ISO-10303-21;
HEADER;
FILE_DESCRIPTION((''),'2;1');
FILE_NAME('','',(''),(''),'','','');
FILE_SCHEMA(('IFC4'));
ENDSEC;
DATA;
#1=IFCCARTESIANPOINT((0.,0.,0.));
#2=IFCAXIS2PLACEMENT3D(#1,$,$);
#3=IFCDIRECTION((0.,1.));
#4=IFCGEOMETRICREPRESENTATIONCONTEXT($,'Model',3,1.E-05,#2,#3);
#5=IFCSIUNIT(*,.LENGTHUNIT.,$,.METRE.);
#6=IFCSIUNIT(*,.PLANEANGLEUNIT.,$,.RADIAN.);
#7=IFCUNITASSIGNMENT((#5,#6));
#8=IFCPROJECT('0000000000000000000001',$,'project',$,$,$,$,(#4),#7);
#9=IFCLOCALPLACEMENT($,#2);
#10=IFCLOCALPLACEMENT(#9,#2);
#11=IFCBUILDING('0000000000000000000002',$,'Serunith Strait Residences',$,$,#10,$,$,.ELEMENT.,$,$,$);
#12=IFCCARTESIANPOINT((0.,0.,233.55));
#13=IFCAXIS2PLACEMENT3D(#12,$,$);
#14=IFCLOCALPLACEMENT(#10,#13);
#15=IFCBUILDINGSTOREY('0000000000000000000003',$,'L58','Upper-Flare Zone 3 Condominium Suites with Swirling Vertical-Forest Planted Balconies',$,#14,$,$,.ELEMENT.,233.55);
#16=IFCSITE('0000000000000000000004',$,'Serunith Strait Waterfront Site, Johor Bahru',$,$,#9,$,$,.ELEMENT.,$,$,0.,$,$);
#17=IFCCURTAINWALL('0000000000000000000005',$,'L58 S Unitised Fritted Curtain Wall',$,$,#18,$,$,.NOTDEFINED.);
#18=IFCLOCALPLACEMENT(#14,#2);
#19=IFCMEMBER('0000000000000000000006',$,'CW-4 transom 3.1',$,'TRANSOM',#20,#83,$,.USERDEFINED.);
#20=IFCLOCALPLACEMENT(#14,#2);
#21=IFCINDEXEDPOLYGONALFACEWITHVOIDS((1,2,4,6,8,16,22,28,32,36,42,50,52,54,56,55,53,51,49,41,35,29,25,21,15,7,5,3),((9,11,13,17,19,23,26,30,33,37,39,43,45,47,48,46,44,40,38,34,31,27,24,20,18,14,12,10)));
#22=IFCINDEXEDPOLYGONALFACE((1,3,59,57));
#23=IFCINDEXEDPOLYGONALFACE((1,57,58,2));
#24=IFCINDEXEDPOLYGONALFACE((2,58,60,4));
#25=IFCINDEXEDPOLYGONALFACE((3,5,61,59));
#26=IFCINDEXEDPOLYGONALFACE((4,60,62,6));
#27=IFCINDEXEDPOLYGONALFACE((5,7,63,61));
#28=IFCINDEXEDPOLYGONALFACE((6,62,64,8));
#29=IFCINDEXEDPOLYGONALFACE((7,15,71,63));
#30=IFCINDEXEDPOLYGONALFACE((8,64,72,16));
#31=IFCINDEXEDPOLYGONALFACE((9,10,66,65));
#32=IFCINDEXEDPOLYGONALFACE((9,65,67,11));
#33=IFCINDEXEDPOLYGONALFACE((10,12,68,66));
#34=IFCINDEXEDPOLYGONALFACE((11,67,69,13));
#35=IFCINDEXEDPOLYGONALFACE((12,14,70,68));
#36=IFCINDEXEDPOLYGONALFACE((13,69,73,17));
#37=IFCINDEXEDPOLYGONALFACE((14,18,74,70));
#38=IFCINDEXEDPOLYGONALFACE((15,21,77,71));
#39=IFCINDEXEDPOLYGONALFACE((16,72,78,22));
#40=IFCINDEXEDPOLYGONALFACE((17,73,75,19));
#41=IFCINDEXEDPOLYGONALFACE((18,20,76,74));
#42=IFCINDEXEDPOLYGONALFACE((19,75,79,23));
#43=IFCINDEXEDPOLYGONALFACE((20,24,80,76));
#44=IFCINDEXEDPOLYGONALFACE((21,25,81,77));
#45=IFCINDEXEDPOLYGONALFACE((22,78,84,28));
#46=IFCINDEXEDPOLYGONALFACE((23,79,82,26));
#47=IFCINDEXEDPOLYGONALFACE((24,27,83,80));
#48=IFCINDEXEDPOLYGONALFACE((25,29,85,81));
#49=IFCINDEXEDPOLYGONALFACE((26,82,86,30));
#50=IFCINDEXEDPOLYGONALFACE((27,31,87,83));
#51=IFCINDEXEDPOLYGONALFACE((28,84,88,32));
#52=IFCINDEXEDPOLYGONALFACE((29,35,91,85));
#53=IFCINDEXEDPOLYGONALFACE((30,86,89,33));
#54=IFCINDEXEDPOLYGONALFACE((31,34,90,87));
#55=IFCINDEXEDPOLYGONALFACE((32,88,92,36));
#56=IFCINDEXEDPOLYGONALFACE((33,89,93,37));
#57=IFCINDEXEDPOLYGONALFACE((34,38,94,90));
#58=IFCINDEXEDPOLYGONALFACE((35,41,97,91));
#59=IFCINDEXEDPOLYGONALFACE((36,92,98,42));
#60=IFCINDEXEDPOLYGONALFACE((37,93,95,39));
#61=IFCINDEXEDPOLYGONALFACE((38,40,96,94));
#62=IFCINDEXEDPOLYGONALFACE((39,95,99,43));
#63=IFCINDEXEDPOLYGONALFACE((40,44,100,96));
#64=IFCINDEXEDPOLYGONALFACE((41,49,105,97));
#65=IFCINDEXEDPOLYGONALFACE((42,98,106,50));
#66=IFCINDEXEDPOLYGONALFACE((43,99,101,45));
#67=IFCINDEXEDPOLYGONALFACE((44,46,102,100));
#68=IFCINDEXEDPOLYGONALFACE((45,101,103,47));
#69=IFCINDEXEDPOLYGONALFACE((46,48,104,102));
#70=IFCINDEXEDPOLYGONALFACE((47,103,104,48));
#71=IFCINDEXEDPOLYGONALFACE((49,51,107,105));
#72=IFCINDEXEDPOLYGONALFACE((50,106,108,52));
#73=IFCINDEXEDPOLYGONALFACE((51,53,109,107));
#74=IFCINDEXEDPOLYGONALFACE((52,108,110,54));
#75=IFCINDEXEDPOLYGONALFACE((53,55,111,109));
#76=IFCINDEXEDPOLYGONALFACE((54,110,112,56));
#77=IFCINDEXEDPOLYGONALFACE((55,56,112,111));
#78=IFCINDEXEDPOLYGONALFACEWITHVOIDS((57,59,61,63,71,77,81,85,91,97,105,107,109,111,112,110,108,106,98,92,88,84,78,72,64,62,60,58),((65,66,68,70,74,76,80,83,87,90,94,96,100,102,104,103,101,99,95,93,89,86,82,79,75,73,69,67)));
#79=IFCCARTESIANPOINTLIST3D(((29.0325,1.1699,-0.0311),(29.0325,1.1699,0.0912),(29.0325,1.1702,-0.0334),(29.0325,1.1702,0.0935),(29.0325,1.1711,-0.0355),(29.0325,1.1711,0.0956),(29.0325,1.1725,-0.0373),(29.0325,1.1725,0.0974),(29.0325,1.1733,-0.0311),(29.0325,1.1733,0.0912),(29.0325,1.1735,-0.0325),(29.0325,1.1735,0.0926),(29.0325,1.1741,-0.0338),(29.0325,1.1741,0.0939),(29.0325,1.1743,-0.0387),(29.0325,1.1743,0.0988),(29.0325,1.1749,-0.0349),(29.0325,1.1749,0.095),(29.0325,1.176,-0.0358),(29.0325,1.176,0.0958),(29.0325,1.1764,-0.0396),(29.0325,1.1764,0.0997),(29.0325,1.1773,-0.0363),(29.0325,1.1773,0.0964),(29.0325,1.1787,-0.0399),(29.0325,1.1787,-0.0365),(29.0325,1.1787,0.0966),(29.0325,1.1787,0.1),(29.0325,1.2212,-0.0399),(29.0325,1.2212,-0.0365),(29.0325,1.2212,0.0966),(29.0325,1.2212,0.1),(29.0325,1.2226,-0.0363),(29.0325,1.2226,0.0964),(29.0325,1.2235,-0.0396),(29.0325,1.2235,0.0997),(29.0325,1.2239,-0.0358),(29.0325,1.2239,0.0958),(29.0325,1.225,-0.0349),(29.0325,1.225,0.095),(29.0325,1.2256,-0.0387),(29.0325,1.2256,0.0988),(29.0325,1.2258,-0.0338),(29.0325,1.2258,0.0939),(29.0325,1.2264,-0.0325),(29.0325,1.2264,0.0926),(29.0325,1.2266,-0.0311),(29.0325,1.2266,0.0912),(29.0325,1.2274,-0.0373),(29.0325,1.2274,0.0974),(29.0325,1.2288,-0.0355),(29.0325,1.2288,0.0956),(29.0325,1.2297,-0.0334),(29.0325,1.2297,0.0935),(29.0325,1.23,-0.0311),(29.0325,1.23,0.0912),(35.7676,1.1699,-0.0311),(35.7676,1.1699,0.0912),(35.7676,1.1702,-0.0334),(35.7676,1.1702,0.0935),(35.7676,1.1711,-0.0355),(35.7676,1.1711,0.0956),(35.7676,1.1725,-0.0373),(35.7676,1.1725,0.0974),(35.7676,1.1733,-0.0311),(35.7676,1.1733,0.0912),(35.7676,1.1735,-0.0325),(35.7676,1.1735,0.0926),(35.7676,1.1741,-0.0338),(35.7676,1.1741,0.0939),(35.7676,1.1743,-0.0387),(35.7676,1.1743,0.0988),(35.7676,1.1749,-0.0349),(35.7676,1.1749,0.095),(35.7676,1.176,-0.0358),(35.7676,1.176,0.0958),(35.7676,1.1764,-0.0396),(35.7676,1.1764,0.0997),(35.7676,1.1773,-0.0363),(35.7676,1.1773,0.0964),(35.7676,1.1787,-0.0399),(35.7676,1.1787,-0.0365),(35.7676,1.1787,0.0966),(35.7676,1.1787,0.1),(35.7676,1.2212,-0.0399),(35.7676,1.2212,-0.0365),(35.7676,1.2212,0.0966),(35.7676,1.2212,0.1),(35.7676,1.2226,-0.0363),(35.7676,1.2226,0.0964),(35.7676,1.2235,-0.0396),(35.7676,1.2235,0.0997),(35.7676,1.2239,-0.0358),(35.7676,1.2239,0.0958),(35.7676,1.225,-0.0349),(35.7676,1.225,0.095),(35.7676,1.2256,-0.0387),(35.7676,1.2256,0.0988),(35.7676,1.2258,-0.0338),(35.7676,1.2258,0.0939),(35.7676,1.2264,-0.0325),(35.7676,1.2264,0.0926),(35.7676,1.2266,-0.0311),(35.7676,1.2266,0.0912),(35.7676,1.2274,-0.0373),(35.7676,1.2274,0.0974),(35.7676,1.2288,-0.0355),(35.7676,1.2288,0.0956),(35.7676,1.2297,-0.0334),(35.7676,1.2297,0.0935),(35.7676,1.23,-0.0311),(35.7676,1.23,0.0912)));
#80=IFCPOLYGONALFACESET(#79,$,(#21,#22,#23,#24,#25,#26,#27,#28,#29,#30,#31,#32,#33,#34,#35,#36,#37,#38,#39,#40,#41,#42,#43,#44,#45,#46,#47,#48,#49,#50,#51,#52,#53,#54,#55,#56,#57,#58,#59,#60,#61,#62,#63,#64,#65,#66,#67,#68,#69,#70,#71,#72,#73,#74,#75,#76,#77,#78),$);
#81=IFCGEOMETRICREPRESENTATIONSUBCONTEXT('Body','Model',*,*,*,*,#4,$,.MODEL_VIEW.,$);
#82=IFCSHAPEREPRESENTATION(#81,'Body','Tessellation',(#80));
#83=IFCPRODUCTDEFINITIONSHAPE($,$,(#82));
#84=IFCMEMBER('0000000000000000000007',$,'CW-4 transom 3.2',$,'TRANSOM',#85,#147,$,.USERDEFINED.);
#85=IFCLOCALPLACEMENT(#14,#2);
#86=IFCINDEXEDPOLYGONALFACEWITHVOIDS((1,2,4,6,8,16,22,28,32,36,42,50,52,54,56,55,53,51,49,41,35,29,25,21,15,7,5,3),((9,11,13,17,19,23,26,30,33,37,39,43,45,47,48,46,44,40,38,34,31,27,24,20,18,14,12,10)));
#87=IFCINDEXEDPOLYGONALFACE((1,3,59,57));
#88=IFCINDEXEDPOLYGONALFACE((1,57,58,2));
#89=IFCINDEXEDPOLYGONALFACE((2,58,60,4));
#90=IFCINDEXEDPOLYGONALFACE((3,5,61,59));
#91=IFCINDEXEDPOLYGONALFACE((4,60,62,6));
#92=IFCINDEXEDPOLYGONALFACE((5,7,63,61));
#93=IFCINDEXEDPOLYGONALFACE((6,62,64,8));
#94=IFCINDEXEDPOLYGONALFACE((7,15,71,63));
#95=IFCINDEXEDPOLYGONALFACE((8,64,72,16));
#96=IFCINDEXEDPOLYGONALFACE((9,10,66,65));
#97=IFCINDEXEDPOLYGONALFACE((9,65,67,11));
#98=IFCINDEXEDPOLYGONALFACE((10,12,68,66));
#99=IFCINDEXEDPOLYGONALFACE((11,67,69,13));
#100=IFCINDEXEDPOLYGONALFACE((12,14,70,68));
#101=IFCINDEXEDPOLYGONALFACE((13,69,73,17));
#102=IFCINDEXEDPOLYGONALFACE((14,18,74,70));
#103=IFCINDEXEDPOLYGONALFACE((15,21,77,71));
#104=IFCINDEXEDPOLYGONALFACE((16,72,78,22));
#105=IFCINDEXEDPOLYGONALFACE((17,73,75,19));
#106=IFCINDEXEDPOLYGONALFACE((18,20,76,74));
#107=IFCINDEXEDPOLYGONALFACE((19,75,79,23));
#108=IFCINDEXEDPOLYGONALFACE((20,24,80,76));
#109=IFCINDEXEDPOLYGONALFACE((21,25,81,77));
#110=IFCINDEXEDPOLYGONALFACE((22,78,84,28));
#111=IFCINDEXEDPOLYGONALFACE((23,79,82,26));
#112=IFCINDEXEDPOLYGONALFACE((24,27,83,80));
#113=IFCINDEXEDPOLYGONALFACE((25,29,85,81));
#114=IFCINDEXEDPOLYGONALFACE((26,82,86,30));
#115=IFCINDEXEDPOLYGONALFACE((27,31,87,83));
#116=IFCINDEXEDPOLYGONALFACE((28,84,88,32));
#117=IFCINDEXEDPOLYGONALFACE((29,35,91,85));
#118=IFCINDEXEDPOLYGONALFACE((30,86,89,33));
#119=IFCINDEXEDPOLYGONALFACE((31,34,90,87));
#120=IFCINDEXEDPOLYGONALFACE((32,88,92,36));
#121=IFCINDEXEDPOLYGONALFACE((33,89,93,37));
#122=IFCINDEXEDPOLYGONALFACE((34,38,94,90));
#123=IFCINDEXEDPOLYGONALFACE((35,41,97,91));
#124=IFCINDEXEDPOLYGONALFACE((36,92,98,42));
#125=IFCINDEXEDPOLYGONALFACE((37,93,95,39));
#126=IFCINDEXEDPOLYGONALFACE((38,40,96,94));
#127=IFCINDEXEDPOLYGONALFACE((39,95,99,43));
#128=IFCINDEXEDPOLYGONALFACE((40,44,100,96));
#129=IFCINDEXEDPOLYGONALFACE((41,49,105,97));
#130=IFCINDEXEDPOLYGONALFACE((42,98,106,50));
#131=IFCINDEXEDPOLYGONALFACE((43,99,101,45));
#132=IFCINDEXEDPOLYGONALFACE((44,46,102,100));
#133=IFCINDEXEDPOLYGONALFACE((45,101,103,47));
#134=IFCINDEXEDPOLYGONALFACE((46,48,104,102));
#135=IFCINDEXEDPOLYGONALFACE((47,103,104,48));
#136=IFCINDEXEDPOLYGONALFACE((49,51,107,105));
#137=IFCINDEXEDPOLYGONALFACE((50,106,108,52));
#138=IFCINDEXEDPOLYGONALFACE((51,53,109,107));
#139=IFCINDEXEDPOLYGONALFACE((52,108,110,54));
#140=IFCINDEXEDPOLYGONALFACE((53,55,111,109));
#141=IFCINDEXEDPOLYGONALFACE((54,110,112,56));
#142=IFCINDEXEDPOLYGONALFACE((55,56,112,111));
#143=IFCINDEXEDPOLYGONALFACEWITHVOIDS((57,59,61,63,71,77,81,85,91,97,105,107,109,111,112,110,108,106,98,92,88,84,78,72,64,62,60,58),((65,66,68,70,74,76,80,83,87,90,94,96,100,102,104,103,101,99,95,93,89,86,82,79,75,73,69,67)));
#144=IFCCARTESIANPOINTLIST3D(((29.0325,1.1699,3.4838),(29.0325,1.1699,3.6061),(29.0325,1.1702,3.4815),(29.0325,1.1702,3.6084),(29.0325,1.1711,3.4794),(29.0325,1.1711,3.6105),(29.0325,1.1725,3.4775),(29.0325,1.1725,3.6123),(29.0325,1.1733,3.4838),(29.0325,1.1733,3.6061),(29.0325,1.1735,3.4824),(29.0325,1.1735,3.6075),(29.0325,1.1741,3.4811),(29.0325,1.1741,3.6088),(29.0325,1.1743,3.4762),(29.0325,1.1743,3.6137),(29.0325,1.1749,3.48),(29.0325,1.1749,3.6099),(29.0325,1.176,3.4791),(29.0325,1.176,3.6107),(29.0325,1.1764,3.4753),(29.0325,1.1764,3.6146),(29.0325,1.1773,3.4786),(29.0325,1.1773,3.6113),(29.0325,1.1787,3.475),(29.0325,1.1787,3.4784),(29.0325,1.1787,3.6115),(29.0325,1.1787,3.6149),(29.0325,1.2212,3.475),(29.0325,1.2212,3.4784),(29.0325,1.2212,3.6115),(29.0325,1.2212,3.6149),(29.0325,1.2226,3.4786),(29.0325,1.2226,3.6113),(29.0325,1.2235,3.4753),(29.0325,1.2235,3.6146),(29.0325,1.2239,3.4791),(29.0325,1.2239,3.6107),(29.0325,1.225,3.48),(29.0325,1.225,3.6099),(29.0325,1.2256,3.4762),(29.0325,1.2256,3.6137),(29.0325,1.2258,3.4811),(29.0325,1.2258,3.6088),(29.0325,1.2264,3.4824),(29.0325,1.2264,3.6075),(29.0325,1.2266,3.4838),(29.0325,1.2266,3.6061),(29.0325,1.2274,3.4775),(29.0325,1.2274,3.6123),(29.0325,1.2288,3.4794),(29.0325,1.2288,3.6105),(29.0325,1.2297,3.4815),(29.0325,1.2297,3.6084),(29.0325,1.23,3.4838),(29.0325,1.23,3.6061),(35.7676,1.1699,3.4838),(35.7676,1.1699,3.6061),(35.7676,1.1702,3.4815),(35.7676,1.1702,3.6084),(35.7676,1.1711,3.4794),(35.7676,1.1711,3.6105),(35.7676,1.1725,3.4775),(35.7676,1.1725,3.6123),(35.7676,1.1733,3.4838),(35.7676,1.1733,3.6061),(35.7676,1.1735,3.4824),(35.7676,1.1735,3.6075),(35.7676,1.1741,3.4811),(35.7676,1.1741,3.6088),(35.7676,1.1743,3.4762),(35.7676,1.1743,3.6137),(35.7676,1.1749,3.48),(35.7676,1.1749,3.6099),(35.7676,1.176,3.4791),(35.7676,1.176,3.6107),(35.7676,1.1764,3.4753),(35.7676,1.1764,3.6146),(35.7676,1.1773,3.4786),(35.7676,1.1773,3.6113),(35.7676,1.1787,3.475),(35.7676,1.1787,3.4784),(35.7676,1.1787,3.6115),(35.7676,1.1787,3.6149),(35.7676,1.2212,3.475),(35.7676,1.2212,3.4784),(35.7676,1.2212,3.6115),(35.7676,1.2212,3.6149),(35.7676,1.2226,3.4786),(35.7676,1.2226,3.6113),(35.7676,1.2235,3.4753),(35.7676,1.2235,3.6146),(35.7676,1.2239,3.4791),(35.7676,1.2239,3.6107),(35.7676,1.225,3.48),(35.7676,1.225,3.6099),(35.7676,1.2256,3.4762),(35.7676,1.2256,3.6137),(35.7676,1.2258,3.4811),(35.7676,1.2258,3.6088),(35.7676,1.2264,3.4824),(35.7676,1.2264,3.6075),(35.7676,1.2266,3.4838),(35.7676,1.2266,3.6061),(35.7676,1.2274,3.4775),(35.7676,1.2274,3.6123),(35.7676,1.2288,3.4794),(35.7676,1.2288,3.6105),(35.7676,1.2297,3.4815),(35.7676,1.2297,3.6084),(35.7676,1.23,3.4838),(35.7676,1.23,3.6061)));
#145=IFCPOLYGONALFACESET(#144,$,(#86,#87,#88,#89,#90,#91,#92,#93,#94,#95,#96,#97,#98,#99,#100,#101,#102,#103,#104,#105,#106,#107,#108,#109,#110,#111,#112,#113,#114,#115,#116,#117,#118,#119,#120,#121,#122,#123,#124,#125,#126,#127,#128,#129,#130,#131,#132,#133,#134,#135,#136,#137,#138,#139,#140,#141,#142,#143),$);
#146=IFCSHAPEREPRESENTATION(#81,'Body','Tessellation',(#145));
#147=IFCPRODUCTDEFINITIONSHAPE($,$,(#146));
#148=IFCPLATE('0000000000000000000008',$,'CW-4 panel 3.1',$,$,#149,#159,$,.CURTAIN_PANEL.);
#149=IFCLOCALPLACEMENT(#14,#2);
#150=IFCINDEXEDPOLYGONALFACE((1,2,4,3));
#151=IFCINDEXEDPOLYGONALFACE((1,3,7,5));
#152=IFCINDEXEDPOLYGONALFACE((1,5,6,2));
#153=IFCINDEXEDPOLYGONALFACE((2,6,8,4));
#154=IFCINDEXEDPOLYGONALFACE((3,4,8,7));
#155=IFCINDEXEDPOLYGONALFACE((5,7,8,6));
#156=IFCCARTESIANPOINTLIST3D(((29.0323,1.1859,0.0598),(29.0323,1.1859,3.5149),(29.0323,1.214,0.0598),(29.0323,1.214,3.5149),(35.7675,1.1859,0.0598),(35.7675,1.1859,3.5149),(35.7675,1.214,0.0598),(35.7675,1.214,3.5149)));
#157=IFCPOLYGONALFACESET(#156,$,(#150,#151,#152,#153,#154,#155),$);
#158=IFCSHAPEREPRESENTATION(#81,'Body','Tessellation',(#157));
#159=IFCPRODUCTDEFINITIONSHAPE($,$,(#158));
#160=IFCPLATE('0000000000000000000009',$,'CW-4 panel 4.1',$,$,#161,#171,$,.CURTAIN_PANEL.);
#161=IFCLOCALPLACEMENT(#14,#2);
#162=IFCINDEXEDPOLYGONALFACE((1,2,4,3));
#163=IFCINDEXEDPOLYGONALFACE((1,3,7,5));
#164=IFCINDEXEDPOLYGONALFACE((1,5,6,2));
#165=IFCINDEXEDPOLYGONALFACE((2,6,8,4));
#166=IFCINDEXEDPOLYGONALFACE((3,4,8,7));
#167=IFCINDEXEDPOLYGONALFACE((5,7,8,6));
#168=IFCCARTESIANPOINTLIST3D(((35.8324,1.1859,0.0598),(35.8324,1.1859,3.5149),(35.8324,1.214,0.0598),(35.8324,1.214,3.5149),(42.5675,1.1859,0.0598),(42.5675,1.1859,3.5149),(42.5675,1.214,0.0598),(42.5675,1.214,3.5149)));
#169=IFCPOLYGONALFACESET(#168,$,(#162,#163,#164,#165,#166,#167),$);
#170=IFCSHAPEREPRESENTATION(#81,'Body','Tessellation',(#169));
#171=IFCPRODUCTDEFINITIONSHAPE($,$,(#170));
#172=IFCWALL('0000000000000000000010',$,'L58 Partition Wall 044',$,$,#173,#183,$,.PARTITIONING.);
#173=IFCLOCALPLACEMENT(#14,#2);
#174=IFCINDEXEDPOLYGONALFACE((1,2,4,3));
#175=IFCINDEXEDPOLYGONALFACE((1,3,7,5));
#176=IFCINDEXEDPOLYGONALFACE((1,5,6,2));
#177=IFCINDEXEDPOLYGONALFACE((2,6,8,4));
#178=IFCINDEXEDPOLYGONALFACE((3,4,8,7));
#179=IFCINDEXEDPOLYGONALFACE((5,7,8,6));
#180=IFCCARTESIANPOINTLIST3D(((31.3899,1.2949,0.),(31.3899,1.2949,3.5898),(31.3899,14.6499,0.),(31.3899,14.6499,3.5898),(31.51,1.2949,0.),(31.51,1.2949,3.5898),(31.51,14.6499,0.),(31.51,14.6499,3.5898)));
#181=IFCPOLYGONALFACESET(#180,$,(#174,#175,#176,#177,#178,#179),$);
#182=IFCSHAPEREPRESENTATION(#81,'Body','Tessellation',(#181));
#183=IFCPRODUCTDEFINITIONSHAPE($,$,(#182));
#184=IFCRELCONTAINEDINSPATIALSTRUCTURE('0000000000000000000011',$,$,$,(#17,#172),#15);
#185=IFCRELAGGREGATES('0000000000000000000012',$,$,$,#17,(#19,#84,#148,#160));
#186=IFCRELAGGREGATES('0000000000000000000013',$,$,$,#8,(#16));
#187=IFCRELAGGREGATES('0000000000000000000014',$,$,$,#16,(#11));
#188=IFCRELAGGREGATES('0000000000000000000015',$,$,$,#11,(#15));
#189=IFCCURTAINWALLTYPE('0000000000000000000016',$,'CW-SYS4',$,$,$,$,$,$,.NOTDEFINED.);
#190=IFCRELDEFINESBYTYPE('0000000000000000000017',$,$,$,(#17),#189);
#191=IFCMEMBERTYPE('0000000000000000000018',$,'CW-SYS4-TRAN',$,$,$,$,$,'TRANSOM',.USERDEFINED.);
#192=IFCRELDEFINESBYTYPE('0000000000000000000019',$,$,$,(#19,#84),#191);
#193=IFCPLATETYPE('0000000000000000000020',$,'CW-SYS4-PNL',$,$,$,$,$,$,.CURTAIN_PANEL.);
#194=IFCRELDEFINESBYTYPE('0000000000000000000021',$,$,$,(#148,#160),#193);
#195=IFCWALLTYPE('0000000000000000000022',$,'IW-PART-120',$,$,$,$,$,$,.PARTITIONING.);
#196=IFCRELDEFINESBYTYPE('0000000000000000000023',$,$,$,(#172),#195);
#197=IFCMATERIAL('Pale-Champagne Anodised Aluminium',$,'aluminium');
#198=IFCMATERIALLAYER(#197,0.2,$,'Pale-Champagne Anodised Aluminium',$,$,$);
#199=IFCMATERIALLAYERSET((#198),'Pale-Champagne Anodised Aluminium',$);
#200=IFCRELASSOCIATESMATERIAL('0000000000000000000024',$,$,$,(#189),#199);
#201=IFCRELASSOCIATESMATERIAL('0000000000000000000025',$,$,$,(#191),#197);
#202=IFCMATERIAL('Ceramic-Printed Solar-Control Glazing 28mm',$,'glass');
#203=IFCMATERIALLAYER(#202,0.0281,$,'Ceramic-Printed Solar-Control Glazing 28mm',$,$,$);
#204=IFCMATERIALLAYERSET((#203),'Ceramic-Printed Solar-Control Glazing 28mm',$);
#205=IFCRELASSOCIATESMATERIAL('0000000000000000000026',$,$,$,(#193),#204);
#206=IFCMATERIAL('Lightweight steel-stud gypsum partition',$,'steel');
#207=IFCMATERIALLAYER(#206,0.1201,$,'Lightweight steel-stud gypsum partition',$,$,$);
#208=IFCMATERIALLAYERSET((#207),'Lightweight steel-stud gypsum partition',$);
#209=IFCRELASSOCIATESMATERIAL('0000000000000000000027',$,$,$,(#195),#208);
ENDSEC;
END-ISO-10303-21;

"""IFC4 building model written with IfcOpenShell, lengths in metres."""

from ifc_helpers import new_model, si_unit, direction, frame, frame_2d, origin, origin_2d, place, context, subcontext, project, spatial, rectangle, hollow_rectangle, extrude, source, transform, mapped, material, layer, layer_set, material_profile, profile_set, type_object, element, aggregate, save


model = new_model("IFC4")

# Units and contexts
model_context = context("Model", 3, precision=1e-05, world=origin(), true_north=direction((0.0, 1.0)))
body_context = subcontext(model_context, "Body", "Model", "MODEL_VIEW")
ifc_project = project(units=[si_unit("LENGTHUNIT", "METRE"), si_unit("PLANEANGLEUNIT", "RADIAN")], contexts=[model_context])

# Site, building, storey
site_placement = place(None, origin())
site = spatial("IfcSite", under=ifc_project, at=site_placement, Name="Serunith Strait Waterfront Site, Johor Bahru", CompositionType="ELEMENT", RefElevation=0.0)
building_placement = place(site_placement, origin())
building = spatial("IfcBuilding", under=site, at=building_placement, Name="Serunith Strait Residences", CompositionType="ELEMENT")
storey_placement = place(building_placement, frame((0.0, 0.0, 233.55)))
storey = spatial("IfcBuildingStorey", under=building, at=storey_placement, Name="L58", Description="Upper-Flare Zone 3 Condominium Suites with Swirling Vertical-Forest Planted Balconies", CompositionType="ELEMENT", Elevation=233.55)

# Curtain wall, members, plates
ifc_material_1 = material(Name="Pale-Champagne Anodised Aluminium", Category="aluminium")
ifc_layer_1 = layer(ifc_material_1, 0.2, Name="Pale-Champagne Anodised Aluminium")
ifc_layer_set_1 = layer_set([ifc_layer_1], Name="Pale-Champagne Anodised Aluminium")
curtain_wall_type = type_object("IfcCurtainWallType", Name="CW-SYS4", PredefinedType="NOTDEFINED", material=ifc_layer_set_1)
curtain_wall_placement = place(storey_placement, origin())
curtain_wall = element("IfcCurtainWall", 1, at=curtain_wall_placement, inside=storey, type_object=curtain_wall_type, Name="L58 S Unitised Fritted Curtain Wall", PredefinedType="NOTDEFINED")
ifc_material_profile_1 = material_profile(ifc_material_1, hollow_rectangle(XDim=0.0601, YDim=0.1399, WallThickness=0.0034, InnerFilletRadius=0.0054, OuterFilletRadius=0.0088, at=origin_2d()), Name="ALU 140x60x3.5")
ifc_profile_set_1 = profile_set([ifc_material_profile_1], Name="Pale-Champagne Anodised Aluminium")
member_type_1 = type_object("IfcMemberType", Name="CW-SYS4-TRAN", ElementType="TRANSOM", PredefinedType="USERDEFINED", material=ifc_profile_set_1)
shared_shape_1 = source(origin(), body_context, "Body", "SweptSolid", [
    extrude(hollow_rectangle(XDim=0.0601, YDim=0.1399, WallThickness=0.0034, InnerFilletRadius=0.0054, OuterFilletRadius=0.0088, at=origin_2d()), origin(), (0.0, 0.0, 1.0), 6.7351),
])
member_1_placement = place(storey_placement, frame((29.0325, 1.2, 0.03), z_axis=(1.0, 0.0, 0.0), x_axis=(0.0, 1.0, 0.0)))
member_1 = element("IfcMember", 2, at=member_1_placement, type_object=member_type_1, Name="CW-4 transom 3.1", ObjectType="TRANSOM", PredefinedType="USERDEFINED", context=body_context, shape_type="MappedRepresentation", body=[
    mapped(shared_shape_1, transform((0.0, 0.0, 0.0), scale=1.0)),
])
member_2_placement = place(storey_placement, frame((29.0325, 1.2, 3.5449), z_axis=(1.0, 0.0, 0.0), x_axis=(0.0, 1.0, 0.0)))
member_2 = element("IfcMember", 3, at=member_2_placement, type_object=member_type_1, Name="CW-4 transom 3.2", ObjectType="TRANSOM", PredefinedType="USERDEFINED", context=body_context, shape_type="MappedRepresentation", body=[
    mapped(shared_shape_1, transform((0.0, 0.0, 0.0), scale=1.0)),
])
ifc_material_2 = material(Name="Ceramic-Printed Solar-Control Glazing 28mm", Category="glass")
ifc_layer_2 = layer(ifc_material_2, 0.0281, Name="Ceramic-Printed Solar-Control Glazing 28mm")
ifc_layer_set_2 = layer_set([ifc_layer_2], Name="Ceramic-Printed Solar-Control Glazing 28mm")
plate_type = type_object("IfcPlateType", Name="CW-SYS4-PNL", PredefinedType="CURTAIN_PANEL", material=ifc_layer_set_2)
shared_shape_2 = source(origin(), body_context, "Body", "SweptSolid", [
    extrude(rectangle(XDim=6.7351, YDim=0.0281, at=origin_2d()), origin(), (0.0, 0.0, 1.0), 3.4551),
])
plate_1_placement = place(storey_placement, frame((32.3999, 1.2, 0.0598), z_axis=(0.0, 0.0, 1.0), x_axis=(1.0, 0.0, 0.0)))
plate_1 = element("IfcPlate", 4, at=plate_1_placement, type_object=plate_type, Name="CW-4 panel 3.1", PredefinedType="CURTAIN_PANEL", context=body_context, shape_type="MappedRepresentation", body=[
    mapped(shared_shape_2, transform((0.0, 0.0, 0.0), scale=1.0)),
])
plate_2_placement = place(storey_placement, frame((39.2, 1.2, 0.0598), z_axis=(0.0, 0.0, 1.0), x_axis=(1.0, 0.0, 0.0)))
plate_2 = element("IfcPlate", 5, at=plate_2_placement, type_object=plate_type, Name="CW-4 panel 4.1", PredefinedType="CURTAIN_PANEL", context=body_context, shape_type="MappedRepresentation", body=[
    mapped(shared_shape_2, transform((0.0, 0.0, 0.0), scale=1.0)),
])
aggregate(curtain_wall, [member_1, member_2, plate_1, plate_2])

# Wall
ifc_material_3 = material(Name="Lightweight steel-stud gypsum partition", Category="steel")
ifc_layer_3 = layer(ifc_material_3, 0.1201, Name="Lightweight steel-stud gypsum partition")
ifc_layer_set_3 = layer_set([ifc_layer_3], Name="Lightweight steel-stud gypsum partition")
wall_type = type_object("IfcWallType", Name="IW-PART-120", PredefinedType="PARTITIONING", material=ifc_layer_set_3)
wall_1_placement = place(storey_placement, frame((31.45, 1.2949, 0.0), z_axis=(0.0, 0.0, 1.0), x_axis=(0.0, 1.0, 0.0)))
element("IfcWall", 6, at=wall_1_placement, inside=storey, type_object=wall_type, Name="L58 Partition Wall 044", PredefinedType="PARTITIONING", context=body_context, shape_type="SweptSolid", body=[
    extrude(rectangle(XDim=13.355, YDim=0.1201, at=frame_2d((6.6775, 0.0))), origin(), (0.0, 0.0, 1.0), 3.5898),
])

save(model, "model.ifc")
